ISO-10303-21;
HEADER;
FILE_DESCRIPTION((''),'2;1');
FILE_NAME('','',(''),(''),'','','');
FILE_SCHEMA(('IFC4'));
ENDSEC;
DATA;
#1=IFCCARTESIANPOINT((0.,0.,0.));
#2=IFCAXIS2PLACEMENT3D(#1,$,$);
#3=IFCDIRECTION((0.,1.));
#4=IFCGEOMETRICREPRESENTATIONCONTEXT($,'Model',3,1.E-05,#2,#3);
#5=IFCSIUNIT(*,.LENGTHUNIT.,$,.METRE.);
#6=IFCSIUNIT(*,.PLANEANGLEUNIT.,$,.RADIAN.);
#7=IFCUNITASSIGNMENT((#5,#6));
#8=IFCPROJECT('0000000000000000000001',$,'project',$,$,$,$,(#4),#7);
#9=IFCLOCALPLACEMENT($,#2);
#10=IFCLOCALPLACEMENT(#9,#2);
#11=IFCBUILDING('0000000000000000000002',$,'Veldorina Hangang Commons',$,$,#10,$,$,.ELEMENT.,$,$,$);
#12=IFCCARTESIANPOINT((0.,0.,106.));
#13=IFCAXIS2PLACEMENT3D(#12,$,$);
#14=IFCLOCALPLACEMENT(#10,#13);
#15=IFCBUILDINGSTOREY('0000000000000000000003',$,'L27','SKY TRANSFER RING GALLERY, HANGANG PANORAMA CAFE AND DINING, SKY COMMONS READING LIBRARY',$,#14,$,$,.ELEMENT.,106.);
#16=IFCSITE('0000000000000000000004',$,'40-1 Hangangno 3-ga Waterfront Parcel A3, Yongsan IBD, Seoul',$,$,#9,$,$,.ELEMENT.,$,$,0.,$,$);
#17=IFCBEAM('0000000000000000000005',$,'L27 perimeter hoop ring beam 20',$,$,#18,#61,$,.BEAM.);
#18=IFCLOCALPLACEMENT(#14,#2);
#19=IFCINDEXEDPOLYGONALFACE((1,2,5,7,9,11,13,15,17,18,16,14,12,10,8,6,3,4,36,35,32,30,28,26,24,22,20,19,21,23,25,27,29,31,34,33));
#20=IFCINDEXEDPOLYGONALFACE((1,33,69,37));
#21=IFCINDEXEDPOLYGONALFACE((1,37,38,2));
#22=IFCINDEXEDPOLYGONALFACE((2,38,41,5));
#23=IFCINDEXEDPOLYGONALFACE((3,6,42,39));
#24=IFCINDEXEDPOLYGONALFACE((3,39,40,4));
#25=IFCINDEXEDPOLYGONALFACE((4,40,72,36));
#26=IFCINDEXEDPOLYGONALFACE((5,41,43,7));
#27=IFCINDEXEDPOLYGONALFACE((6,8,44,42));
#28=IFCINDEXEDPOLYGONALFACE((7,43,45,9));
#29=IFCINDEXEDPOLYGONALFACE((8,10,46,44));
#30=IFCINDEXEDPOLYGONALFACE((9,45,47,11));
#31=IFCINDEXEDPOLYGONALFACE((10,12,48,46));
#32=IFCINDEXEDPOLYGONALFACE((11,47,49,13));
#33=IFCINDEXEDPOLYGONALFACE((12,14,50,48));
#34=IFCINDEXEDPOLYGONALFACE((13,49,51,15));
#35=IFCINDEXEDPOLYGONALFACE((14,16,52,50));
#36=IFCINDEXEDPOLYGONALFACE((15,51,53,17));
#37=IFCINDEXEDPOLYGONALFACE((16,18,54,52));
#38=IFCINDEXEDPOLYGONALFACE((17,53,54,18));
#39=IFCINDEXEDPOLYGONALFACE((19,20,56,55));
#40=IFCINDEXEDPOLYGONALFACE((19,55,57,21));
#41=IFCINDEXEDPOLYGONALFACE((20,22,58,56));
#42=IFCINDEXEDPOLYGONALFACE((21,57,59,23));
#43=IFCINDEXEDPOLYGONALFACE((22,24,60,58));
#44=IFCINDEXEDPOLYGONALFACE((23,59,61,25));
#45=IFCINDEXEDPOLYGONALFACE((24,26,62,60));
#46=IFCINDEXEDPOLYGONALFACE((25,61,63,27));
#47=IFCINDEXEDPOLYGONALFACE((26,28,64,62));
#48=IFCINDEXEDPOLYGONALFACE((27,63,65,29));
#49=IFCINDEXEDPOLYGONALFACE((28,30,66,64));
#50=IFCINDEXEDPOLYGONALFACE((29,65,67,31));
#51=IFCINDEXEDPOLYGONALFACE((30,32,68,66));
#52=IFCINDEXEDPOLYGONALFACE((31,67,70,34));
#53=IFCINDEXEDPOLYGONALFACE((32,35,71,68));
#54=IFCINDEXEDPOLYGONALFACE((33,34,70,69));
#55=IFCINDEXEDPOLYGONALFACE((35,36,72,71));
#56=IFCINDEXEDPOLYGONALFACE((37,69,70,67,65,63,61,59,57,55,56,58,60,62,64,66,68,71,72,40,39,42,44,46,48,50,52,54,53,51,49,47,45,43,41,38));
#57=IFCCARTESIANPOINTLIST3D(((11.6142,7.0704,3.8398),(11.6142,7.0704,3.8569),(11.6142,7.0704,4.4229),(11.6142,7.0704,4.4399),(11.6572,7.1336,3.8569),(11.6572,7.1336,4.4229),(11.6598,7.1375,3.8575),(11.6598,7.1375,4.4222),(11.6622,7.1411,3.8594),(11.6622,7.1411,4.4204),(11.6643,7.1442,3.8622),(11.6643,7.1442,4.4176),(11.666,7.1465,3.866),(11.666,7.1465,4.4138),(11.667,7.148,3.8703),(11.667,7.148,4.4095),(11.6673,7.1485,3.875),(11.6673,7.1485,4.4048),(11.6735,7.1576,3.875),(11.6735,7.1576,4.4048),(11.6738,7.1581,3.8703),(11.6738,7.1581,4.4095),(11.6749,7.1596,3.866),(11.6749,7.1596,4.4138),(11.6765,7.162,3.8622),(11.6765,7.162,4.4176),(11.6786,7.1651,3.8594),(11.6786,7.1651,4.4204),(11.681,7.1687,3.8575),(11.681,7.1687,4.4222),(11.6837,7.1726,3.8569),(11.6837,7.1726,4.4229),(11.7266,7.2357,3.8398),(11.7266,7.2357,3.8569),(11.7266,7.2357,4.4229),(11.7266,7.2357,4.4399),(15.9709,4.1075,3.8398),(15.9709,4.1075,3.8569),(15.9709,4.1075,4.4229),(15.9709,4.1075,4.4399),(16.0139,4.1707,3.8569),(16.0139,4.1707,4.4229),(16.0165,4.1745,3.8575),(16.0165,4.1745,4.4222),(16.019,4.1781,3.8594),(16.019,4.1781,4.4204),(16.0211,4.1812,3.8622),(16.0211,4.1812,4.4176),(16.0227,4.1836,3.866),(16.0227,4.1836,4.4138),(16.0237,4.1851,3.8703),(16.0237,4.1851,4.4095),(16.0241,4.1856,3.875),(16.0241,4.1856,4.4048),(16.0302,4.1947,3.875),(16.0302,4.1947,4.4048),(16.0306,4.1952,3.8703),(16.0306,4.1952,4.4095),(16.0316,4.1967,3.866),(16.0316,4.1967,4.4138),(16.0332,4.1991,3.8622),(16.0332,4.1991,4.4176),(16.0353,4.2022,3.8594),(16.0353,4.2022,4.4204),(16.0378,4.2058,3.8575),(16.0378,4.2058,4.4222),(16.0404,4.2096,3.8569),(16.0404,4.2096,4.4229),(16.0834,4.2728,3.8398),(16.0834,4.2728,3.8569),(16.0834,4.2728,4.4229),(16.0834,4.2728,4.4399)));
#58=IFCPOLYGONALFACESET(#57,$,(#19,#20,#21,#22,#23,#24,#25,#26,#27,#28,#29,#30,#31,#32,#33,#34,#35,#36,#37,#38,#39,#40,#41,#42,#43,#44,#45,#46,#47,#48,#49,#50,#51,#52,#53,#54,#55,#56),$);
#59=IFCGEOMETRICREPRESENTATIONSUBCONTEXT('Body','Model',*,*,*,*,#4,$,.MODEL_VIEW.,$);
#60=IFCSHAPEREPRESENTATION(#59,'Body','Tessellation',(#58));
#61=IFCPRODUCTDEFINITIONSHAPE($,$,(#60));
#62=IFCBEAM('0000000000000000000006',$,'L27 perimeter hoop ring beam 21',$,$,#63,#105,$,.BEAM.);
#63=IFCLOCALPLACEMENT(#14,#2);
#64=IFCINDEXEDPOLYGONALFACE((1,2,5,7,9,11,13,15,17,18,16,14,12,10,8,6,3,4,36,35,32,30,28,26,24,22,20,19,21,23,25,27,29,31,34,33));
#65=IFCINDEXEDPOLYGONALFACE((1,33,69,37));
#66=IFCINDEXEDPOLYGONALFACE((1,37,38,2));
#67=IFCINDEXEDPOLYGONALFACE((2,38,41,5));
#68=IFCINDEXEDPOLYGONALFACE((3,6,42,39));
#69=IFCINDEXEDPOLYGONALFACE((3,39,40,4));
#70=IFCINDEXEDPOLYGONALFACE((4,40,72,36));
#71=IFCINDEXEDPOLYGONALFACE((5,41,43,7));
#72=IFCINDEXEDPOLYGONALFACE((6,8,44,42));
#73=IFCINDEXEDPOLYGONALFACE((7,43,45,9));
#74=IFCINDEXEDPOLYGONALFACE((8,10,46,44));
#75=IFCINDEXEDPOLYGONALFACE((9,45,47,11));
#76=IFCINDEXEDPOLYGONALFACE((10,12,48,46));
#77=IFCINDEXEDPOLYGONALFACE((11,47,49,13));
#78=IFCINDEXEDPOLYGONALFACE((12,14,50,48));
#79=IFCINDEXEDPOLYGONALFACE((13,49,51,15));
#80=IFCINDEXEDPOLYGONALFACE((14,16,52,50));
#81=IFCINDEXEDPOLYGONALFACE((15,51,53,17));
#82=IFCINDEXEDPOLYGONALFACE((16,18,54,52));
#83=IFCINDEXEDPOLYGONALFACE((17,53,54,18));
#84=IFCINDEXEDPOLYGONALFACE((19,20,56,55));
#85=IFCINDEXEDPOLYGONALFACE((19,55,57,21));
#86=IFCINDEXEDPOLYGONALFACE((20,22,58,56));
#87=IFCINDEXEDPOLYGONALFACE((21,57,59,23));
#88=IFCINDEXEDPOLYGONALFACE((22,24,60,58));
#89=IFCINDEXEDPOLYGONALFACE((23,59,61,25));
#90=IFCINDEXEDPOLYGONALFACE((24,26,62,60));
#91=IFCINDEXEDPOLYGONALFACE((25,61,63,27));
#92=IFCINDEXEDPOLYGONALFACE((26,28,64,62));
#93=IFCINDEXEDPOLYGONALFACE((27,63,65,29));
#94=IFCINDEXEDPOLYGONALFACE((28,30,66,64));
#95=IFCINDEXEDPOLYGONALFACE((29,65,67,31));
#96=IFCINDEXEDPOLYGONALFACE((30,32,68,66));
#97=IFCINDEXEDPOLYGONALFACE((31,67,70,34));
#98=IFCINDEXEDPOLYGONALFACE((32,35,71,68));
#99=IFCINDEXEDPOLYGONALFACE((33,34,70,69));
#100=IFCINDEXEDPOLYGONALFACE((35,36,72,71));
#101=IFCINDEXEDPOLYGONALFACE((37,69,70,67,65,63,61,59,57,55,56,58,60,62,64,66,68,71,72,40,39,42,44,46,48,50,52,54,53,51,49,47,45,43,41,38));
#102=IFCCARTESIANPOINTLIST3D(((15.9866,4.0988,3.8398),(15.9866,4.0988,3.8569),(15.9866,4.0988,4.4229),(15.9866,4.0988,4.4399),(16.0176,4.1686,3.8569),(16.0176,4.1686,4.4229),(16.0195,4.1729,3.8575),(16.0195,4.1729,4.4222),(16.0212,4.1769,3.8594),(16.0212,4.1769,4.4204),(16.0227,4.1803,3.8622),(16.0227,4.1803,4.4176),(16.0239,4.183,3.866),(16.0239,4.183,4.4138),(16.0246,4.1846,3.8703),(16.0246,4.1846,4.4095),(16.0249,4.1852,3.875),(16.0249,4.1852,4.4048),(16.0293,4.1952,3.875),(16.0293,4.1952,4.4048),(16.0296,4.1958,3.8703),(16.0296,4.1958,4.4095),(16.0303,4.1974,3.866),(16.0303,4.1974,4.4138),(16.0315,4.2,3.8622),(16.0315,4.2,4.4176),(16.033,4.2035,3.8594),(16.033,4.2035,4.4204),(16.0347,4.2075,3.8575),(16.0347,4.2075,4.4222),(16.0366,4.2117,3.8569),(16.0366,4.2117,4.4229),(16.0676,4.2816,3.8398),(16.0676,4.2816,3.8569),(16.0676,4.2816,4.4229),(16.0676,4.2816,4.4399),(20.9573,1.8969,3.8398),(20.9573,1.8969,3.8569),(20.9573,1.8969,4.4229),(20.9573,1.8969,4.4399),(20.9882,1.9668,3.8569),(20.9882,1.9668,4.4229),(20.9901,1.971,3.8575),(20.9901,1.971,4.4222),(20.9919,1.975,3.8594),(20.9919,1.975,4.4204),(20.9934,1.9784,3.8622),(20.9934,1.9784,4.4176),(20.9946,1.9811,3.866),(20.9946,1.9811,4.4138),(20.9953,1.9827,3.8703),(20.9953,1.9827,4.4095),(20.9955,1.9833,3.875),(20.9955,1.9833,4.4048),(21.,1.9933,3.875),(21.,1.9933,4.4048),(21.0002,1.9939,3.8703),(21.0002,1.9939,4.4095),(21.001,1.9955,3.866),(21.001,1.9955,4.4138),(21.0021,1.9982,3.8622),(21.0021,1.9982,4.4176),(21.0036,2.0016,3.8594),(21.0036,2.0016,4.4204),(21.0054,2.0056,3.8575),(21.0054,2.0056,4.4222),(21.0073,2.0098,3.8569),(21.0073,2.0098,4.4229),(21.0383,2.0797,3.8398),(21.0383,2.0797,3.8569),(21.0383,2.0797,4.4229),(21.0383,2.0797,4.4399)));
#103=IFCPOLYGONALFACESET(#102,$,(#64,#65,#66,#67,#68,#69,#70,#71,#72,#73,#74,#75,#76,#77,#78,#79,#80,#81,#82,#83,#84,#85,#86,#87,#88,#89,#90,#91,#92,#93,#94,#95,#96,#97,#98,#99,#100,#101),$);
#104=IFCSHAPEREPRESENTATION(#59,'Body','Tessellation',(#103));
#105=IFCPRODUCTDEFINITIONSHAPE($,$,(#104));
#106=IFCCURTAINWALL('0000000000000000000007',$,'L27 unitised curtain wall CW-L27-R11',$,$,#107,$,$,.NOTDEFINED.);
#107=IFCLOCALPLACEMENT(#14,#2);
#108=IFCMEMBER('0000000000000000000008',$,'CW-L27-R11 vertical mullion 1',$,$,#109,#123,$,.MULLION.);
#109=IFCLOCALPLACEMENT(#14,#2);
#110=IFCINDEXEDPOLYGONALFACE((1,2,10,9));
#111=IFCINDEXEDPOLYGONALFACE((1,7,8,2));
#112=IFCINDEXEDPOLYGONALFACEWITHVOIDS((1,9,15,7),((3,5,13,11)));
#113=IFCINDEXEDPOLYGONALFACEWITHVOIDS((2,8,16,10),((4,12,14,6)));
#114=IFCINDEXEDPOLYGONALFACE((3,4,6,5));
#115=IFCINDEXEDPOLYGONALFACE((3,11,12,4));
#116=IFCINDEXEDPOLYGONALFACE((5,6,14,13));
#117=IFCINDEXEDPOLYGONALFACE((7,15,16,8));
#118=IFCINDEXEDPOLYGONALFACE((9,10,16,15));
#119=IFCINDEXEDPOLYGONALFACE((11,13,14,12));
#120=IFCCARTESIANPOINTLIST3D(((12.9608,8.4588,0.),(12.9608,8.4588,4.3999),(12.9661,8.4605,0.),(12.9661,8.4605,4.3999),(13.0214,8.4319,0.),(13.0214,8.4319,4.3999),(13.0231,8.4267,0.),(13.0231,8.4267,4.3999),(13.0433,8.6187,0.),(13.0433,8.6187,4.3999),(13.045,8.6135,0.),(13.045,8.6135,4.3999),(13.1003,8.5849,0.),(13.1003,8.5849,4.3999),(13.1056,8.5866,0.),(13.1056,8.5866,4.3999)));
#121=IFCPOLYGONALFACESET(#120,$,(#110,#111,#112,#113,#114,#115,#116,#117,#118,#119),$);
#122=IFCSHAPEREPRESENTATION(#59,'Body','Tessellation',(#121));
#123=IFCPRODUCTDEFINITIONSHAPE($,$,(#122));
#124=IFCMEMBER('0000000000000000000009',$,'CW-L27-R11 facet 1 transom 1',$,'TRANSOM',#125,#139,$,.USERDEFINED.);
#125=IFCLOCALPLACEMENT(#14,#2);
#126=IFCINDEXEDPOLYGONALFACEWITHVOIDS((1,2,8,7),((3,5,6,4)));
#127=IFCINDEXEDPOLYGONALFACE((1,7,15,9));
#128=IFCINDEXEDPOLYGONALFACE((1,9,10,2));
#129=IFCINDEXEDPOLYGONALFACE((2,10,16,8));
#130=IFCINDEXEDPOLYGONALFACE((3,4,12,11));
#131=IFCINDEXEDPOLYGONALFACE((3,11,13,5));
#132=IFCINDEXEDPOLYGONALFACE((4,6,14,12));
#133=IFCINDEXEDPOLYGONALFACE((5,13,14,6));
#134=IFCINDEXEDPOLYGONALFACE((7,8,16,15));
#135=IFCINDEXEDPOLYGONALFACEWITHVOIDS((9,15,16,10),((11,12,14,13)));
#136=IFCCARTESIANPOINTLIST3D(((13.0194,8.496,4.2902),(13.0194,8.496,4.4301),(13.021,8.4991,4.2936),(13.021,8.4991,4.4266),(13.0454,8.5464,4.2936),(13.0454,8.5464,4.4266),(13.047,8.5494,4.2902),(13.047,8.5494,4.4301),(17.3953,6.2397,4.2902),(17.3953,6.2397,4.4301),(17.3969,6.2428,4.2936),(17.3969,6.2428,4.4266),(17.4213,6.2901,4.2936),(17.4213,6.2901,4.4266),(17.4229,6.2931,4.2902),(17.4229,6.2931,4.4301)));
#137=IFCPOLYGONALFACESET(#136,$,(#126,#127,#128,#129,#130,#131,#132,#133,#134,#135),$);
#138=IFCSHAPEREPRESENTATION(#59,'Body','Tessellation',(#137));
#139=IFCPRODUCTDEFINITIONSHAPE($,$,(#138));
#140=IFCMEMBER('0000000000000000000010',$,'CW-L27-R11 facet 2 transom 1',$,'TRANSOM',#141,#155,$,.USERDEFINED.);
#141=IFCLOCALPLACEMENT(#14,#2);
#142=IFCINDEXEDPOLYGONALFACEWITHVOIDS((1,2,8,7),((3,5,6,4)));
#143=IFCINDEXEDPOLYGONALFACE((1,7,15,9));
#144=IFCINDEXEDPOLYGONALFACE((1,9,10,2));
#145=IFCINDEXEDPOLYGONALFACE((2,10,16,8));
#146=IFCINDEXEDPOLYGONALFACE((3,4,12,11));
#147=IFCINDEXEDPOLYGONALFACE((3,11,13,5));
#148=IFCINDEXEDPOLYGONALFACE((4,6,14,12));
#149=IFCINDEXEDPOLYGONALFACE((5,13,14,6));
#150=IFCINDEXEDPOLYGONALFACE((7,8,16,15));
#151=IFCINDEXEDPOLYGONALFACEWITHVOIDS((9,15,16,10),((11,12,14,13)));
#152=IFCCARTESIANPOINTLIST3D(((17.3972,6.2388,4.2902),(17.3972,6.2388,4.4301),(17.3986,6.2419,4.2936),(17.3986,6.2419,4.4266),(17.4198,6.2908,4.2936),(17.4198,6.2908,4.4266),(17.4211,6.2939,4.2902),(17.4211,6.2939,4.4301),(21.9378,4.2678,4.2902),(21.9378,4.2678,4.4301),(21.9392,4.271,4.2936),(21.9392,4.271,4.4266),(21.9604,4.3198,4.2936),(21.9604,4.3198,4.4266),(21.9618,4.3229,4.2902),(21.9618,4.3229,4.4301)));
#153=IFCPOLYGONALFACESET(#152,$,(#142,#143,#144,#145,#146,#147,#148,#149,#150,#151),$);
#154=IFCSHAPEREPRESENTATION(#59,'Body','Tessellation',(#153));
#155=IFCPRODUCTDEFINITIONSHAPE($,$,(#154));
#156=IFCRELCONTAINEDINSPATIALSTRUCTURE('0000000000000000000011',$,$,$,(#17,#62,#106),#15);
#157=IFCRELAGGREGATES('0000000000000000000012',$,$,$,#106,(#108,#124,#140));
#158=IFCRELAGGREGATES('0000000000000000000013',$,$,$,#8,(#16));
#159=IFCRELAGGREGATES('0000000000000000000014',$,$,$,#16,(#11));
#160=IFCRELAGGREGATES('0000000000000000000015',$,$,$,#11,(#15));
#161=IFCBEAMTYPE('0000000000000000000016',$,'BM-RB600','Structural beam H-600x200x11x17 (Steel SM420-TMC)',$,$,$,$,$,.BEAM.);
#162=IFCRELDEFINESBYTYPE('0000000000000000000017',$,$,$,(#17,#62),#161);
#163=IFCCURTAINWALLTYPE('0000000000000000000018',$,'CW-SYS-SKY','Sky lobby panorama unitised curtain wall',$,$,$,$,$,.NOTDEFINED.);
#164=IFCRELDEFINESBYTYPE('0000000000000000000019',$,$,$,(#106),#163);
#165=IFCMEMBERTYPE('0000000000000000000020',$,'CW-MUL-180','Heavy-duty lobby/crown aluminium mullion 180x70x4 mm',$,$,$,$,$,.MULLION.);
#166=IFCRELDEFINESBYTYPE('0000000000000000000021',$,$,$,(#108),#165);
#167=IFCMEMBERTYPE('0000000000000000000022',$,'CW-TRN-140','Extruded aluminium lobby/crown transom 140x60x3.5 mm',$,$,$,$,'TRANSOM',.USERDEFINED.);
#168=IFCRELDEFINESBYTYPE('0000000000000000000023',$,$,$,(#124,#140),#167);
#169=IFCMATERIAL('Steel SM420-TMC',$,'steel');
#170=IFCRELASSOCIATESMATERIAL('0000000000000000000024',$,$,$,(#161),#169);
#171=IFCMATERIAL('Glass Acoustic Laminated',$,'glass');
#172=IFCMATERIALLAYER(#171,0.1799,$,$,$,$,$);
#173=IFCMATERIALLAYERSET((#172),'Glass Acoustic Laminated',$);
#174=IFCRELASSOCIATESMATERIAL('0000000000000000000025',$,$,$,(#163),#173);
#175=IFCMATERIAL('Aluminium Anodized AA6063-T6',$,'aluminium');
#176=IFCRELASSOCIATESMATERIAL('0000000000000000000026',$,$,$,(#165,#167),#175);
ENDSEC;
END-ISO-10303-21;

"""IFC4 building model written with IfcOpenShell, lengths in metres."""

from ifc_helpers import new_model, si_unit, direction, frame, origin, origin_2d, place, context, subcontext, project, spatial, hollow_rectangle, i_section, extrude, material, layer, layer_set, material_profile, profile_set, type_object, element, aggregate, save


model = new_model("IFC4")

# Units and contexts
model_context = context("Model", 3, precision=1e-05, world=origin(), true_north=direction((0.0, 1.0)))
body_context = subcontext(model_context, "Body", "Model", "MODEL_VIEW")
ifc_project = project(units=[si_unit("LENGTHUNIT", "METRE"), si_unit("PLANEANGLEUNIT", "RADIAN")], contexts=[model_context])

# Site, building, storey
site_placement = place(None, origin())
site = spatial("IfcSite", under=ifc_project, at=site_placement, Name="40-1 Hangangno 3-ga Waterfront Parcel A3, Yongsan IBD, Seoul", CompositionType="ELEMENT", RefElevation=0.0)
building_placement = place(site_placement, origin())
building = spatial("IfcBuilding", under=site, at=building_placement, Name="Veldorina Hangang Commons", CompositionType="ELEMENT")
storey_placement = place(building_placement, frame((0.0, 0.0, 106.0)))
storey = spatial("IfcBuildingStorey", under=building, at=storey_placement, Name="L27", Description="SKY TRANSFER RING GALLERY, HANGANG PANORAMA CAFE AND DINING, SKY COMMONS READING LIBRARY", CompositionType="ELEMENT", Elevation=106.0)

# Beams
ifc_material_1 = material(Name="Steel SM420-TMC", Category="steel")
ifc_material_profile_1 = material_profile(ifc_material_1, i_section(OverallWidth=0.2, OverallDepth=0.6001, WebThickness=0.011, FlangeThickness=0.0171, FilletRadius=0.0181, at=origin_2d()), Name="H-600x200x11x17")
ifc_profile_set_1 = profile_set([ifc_material_profile_1], Name="Steel SM420-TMC")
beam_type = type_object("IfcBeamType", Name="BM-RB600", Description="Structural beam H-600x200x11x17 (Steel SM420-TMC)", PredefinedType="BEAM", material=ifc_profile_set_1)
beam_1_placement = place(storey_placement, frame((11.6704, 7.1531, 4.1399), z_axis=(0.826896, -0.562354, 0.0), x_axis=(0.562354, 0.826896, 0.0)))
element("IfcBeam", 1, at=beam_1_placement, inside=storey, type_object=beam_type, Name="L27 perimeter hoop ring beam 20", PredefinedType="BEAM", context=body_context, shape_type="SweptSolid", body=[
    extrude(i_section(OverallWidth=0.2, OverallDepth=0.6001, WebThickness=0.011, FlangeThickness=0.0171, FilletRadius=0.0181, at=origin_2d()), origin(), (0.0, 0.0, 1.0), 5.2688),
])
beam_2_placement = place(storey_placement, frame((16.0271, 4.1902, 4.1399), z_axis=(0.914309, -0.405017, 0.0), x_axis=(0.405017, 0.914309, 0.0)))
element("IfcBeam", 2, at=beam_2_placement, inside=storey, type_object=beam_type, Name="L27 perimeter hoop ring beam 21", PredefinedType="BEAM", context=body_context, shape_type="SweptSolid", body=[
    extrude(i_section(OverallWidth=0.2, OverallDepth=0.6001, WebThickness=0.011, FlangeThickness=0.0171, FilletRadius=0.0181, at=origin_2d()), origin(), (0.0, 0.0, 1.0), 5.4365),
])

# Curtain wall, members
ifc_material_2 = material(Name="Glass Acoustic Laminated", Category="glass")
ifc_layer_1 = layer(ifc_material_2, 0.1799)
ifc_layer_set_1 = layer_set([ifc_layer_1], Name="Glass Acoustic Laminated")
curtain_wall_type = type_object("IfcCurtainWallType", Name="CW-SYS-SKY", Description="Sky lobby panorama unitised curtain wall", PredefinedType="NOTDEFINED", material=ifc_layer_set_1)
curtain_wall_placement = place(storey_placement, origin())
curtain_wall = element("IfcCurtainWall", 3, at=curtain_wall_placement, inside=storey, type_object=curtain_wall_type, Name="L27 unitised curtain wall CW-L27-R11", PredefinedType="NOTDEFINED")
ifc_material_3 = material(Name="Aluminium Anodized AA6063-T6", Category="aluminium")
ifc_material_profile_2 = material_profile(ifc_material_3, hollow_rectangle(XDim=0.0701, YDim=0.1799, WallThickness=0.0039, at=origin_2d()), Name="ALU-RHS-180x70x4")
ifc_profile_set_2 = profile_set([ifc_material_profile_2], Name="Aluminium Anodized AA6063-T6")
member_type_1 = type_object("IfcMemberType", Name="CW-MUL-180", Description="Heavy-duty lobby/crown aluminium mullion 180x70x4 mm", PredefinedType="MULLION", material=ifc_profile_set_2)
member_1_placement = place(storey_placement, frame((13.0332, 8.5227, 0.0), z_axis=(0.0, 0.0, 1.0), x_axis=(0.888785, -0.458324, 0.0)))
member_1 = element("IfcMember", 4, at=member_1_placement, type_object=member_type_1, Name="CW-L27-R11 vertical mullion 1", PredefinedType="MULLION", context=body_context, shape_type="SweptSolid", body=[
    extrude(hollow_rectangle(XDim=0.0701, YDim=0.1799, WallThickness=0.0039, at=origin_2d()), origin(), (0.0, 0.0, 1.0), 4.3999),
])
ifc_material_profile_3 = material_profile(ifc_material_3, hollow_rectangle(XDim=0.0601, YDim=0.1399, WallThickness=0.0034, at=origin_2d()), Name="ALU-RHS-140x60x3.5")
ifc_profile_set_3 = profile_set([ifc_material_profile_3], Name="Aluminium Anodized AA6063-T6")
member_type_2 = type_object("IfcMemberType", Name="CW-TRN-140", Description="Extruded aluminium lobby/crown transom 140x60x3.5 mm", ElementType="TRANSOM", PredefinedType="USERDEFINED", material=ifc_profile_set_3)
member_2_placement = place(storey_placement, frame((13.0332, 8.5227, 4.3601), z_axis=(0.888804, -0.458287, 0.0), x_axis=(0.458287, 0.888804, 0.0)))
member_2 = element("IfcMember", 5, at=member_2_placement, type_object=member_type_2, Name="CW-L27-R11 facet 1 transom 1", ObjectType="TRANSOM", PredefinedType="USERDEFINED", context=body_context, shape_type="SweptSolid", body=[
    extrude(hollow_rectangle(XDim=0.0601, YDim=0.1399, WallThickness=0.0034, at=origin_2d()), origin(), (0.0, 0.0, 1.0), 4.9233),
])
member_3_placement = place(storey_placement, frame((17.4092, 6.2664, 4.3601), z_axis=(0.917306, -0.398183, 0.0), x_axis=(0.398183, 0.917306, 0.0)))
member_3 = element("IfcMember", 6, at=member_3_placement, type_object=member_type_2, Name="CW-L27-R11 facet 2 transom 1", ObjectType="TRANSOM", PredefinedType="USERDEFINED", context=body_context, shape_type="SweptSolid", body=[
    extrude(hollow_rectangle(XDim=0.0601, YDim=0.1399, WallThickness=0.0034, at=origin_2d()), origin(), (0.0, 0.0, 1.0), 4.95),
])

aggregate(curtain_wall, [member_1, member_2, member_3])

save(model, "model.ifc")
